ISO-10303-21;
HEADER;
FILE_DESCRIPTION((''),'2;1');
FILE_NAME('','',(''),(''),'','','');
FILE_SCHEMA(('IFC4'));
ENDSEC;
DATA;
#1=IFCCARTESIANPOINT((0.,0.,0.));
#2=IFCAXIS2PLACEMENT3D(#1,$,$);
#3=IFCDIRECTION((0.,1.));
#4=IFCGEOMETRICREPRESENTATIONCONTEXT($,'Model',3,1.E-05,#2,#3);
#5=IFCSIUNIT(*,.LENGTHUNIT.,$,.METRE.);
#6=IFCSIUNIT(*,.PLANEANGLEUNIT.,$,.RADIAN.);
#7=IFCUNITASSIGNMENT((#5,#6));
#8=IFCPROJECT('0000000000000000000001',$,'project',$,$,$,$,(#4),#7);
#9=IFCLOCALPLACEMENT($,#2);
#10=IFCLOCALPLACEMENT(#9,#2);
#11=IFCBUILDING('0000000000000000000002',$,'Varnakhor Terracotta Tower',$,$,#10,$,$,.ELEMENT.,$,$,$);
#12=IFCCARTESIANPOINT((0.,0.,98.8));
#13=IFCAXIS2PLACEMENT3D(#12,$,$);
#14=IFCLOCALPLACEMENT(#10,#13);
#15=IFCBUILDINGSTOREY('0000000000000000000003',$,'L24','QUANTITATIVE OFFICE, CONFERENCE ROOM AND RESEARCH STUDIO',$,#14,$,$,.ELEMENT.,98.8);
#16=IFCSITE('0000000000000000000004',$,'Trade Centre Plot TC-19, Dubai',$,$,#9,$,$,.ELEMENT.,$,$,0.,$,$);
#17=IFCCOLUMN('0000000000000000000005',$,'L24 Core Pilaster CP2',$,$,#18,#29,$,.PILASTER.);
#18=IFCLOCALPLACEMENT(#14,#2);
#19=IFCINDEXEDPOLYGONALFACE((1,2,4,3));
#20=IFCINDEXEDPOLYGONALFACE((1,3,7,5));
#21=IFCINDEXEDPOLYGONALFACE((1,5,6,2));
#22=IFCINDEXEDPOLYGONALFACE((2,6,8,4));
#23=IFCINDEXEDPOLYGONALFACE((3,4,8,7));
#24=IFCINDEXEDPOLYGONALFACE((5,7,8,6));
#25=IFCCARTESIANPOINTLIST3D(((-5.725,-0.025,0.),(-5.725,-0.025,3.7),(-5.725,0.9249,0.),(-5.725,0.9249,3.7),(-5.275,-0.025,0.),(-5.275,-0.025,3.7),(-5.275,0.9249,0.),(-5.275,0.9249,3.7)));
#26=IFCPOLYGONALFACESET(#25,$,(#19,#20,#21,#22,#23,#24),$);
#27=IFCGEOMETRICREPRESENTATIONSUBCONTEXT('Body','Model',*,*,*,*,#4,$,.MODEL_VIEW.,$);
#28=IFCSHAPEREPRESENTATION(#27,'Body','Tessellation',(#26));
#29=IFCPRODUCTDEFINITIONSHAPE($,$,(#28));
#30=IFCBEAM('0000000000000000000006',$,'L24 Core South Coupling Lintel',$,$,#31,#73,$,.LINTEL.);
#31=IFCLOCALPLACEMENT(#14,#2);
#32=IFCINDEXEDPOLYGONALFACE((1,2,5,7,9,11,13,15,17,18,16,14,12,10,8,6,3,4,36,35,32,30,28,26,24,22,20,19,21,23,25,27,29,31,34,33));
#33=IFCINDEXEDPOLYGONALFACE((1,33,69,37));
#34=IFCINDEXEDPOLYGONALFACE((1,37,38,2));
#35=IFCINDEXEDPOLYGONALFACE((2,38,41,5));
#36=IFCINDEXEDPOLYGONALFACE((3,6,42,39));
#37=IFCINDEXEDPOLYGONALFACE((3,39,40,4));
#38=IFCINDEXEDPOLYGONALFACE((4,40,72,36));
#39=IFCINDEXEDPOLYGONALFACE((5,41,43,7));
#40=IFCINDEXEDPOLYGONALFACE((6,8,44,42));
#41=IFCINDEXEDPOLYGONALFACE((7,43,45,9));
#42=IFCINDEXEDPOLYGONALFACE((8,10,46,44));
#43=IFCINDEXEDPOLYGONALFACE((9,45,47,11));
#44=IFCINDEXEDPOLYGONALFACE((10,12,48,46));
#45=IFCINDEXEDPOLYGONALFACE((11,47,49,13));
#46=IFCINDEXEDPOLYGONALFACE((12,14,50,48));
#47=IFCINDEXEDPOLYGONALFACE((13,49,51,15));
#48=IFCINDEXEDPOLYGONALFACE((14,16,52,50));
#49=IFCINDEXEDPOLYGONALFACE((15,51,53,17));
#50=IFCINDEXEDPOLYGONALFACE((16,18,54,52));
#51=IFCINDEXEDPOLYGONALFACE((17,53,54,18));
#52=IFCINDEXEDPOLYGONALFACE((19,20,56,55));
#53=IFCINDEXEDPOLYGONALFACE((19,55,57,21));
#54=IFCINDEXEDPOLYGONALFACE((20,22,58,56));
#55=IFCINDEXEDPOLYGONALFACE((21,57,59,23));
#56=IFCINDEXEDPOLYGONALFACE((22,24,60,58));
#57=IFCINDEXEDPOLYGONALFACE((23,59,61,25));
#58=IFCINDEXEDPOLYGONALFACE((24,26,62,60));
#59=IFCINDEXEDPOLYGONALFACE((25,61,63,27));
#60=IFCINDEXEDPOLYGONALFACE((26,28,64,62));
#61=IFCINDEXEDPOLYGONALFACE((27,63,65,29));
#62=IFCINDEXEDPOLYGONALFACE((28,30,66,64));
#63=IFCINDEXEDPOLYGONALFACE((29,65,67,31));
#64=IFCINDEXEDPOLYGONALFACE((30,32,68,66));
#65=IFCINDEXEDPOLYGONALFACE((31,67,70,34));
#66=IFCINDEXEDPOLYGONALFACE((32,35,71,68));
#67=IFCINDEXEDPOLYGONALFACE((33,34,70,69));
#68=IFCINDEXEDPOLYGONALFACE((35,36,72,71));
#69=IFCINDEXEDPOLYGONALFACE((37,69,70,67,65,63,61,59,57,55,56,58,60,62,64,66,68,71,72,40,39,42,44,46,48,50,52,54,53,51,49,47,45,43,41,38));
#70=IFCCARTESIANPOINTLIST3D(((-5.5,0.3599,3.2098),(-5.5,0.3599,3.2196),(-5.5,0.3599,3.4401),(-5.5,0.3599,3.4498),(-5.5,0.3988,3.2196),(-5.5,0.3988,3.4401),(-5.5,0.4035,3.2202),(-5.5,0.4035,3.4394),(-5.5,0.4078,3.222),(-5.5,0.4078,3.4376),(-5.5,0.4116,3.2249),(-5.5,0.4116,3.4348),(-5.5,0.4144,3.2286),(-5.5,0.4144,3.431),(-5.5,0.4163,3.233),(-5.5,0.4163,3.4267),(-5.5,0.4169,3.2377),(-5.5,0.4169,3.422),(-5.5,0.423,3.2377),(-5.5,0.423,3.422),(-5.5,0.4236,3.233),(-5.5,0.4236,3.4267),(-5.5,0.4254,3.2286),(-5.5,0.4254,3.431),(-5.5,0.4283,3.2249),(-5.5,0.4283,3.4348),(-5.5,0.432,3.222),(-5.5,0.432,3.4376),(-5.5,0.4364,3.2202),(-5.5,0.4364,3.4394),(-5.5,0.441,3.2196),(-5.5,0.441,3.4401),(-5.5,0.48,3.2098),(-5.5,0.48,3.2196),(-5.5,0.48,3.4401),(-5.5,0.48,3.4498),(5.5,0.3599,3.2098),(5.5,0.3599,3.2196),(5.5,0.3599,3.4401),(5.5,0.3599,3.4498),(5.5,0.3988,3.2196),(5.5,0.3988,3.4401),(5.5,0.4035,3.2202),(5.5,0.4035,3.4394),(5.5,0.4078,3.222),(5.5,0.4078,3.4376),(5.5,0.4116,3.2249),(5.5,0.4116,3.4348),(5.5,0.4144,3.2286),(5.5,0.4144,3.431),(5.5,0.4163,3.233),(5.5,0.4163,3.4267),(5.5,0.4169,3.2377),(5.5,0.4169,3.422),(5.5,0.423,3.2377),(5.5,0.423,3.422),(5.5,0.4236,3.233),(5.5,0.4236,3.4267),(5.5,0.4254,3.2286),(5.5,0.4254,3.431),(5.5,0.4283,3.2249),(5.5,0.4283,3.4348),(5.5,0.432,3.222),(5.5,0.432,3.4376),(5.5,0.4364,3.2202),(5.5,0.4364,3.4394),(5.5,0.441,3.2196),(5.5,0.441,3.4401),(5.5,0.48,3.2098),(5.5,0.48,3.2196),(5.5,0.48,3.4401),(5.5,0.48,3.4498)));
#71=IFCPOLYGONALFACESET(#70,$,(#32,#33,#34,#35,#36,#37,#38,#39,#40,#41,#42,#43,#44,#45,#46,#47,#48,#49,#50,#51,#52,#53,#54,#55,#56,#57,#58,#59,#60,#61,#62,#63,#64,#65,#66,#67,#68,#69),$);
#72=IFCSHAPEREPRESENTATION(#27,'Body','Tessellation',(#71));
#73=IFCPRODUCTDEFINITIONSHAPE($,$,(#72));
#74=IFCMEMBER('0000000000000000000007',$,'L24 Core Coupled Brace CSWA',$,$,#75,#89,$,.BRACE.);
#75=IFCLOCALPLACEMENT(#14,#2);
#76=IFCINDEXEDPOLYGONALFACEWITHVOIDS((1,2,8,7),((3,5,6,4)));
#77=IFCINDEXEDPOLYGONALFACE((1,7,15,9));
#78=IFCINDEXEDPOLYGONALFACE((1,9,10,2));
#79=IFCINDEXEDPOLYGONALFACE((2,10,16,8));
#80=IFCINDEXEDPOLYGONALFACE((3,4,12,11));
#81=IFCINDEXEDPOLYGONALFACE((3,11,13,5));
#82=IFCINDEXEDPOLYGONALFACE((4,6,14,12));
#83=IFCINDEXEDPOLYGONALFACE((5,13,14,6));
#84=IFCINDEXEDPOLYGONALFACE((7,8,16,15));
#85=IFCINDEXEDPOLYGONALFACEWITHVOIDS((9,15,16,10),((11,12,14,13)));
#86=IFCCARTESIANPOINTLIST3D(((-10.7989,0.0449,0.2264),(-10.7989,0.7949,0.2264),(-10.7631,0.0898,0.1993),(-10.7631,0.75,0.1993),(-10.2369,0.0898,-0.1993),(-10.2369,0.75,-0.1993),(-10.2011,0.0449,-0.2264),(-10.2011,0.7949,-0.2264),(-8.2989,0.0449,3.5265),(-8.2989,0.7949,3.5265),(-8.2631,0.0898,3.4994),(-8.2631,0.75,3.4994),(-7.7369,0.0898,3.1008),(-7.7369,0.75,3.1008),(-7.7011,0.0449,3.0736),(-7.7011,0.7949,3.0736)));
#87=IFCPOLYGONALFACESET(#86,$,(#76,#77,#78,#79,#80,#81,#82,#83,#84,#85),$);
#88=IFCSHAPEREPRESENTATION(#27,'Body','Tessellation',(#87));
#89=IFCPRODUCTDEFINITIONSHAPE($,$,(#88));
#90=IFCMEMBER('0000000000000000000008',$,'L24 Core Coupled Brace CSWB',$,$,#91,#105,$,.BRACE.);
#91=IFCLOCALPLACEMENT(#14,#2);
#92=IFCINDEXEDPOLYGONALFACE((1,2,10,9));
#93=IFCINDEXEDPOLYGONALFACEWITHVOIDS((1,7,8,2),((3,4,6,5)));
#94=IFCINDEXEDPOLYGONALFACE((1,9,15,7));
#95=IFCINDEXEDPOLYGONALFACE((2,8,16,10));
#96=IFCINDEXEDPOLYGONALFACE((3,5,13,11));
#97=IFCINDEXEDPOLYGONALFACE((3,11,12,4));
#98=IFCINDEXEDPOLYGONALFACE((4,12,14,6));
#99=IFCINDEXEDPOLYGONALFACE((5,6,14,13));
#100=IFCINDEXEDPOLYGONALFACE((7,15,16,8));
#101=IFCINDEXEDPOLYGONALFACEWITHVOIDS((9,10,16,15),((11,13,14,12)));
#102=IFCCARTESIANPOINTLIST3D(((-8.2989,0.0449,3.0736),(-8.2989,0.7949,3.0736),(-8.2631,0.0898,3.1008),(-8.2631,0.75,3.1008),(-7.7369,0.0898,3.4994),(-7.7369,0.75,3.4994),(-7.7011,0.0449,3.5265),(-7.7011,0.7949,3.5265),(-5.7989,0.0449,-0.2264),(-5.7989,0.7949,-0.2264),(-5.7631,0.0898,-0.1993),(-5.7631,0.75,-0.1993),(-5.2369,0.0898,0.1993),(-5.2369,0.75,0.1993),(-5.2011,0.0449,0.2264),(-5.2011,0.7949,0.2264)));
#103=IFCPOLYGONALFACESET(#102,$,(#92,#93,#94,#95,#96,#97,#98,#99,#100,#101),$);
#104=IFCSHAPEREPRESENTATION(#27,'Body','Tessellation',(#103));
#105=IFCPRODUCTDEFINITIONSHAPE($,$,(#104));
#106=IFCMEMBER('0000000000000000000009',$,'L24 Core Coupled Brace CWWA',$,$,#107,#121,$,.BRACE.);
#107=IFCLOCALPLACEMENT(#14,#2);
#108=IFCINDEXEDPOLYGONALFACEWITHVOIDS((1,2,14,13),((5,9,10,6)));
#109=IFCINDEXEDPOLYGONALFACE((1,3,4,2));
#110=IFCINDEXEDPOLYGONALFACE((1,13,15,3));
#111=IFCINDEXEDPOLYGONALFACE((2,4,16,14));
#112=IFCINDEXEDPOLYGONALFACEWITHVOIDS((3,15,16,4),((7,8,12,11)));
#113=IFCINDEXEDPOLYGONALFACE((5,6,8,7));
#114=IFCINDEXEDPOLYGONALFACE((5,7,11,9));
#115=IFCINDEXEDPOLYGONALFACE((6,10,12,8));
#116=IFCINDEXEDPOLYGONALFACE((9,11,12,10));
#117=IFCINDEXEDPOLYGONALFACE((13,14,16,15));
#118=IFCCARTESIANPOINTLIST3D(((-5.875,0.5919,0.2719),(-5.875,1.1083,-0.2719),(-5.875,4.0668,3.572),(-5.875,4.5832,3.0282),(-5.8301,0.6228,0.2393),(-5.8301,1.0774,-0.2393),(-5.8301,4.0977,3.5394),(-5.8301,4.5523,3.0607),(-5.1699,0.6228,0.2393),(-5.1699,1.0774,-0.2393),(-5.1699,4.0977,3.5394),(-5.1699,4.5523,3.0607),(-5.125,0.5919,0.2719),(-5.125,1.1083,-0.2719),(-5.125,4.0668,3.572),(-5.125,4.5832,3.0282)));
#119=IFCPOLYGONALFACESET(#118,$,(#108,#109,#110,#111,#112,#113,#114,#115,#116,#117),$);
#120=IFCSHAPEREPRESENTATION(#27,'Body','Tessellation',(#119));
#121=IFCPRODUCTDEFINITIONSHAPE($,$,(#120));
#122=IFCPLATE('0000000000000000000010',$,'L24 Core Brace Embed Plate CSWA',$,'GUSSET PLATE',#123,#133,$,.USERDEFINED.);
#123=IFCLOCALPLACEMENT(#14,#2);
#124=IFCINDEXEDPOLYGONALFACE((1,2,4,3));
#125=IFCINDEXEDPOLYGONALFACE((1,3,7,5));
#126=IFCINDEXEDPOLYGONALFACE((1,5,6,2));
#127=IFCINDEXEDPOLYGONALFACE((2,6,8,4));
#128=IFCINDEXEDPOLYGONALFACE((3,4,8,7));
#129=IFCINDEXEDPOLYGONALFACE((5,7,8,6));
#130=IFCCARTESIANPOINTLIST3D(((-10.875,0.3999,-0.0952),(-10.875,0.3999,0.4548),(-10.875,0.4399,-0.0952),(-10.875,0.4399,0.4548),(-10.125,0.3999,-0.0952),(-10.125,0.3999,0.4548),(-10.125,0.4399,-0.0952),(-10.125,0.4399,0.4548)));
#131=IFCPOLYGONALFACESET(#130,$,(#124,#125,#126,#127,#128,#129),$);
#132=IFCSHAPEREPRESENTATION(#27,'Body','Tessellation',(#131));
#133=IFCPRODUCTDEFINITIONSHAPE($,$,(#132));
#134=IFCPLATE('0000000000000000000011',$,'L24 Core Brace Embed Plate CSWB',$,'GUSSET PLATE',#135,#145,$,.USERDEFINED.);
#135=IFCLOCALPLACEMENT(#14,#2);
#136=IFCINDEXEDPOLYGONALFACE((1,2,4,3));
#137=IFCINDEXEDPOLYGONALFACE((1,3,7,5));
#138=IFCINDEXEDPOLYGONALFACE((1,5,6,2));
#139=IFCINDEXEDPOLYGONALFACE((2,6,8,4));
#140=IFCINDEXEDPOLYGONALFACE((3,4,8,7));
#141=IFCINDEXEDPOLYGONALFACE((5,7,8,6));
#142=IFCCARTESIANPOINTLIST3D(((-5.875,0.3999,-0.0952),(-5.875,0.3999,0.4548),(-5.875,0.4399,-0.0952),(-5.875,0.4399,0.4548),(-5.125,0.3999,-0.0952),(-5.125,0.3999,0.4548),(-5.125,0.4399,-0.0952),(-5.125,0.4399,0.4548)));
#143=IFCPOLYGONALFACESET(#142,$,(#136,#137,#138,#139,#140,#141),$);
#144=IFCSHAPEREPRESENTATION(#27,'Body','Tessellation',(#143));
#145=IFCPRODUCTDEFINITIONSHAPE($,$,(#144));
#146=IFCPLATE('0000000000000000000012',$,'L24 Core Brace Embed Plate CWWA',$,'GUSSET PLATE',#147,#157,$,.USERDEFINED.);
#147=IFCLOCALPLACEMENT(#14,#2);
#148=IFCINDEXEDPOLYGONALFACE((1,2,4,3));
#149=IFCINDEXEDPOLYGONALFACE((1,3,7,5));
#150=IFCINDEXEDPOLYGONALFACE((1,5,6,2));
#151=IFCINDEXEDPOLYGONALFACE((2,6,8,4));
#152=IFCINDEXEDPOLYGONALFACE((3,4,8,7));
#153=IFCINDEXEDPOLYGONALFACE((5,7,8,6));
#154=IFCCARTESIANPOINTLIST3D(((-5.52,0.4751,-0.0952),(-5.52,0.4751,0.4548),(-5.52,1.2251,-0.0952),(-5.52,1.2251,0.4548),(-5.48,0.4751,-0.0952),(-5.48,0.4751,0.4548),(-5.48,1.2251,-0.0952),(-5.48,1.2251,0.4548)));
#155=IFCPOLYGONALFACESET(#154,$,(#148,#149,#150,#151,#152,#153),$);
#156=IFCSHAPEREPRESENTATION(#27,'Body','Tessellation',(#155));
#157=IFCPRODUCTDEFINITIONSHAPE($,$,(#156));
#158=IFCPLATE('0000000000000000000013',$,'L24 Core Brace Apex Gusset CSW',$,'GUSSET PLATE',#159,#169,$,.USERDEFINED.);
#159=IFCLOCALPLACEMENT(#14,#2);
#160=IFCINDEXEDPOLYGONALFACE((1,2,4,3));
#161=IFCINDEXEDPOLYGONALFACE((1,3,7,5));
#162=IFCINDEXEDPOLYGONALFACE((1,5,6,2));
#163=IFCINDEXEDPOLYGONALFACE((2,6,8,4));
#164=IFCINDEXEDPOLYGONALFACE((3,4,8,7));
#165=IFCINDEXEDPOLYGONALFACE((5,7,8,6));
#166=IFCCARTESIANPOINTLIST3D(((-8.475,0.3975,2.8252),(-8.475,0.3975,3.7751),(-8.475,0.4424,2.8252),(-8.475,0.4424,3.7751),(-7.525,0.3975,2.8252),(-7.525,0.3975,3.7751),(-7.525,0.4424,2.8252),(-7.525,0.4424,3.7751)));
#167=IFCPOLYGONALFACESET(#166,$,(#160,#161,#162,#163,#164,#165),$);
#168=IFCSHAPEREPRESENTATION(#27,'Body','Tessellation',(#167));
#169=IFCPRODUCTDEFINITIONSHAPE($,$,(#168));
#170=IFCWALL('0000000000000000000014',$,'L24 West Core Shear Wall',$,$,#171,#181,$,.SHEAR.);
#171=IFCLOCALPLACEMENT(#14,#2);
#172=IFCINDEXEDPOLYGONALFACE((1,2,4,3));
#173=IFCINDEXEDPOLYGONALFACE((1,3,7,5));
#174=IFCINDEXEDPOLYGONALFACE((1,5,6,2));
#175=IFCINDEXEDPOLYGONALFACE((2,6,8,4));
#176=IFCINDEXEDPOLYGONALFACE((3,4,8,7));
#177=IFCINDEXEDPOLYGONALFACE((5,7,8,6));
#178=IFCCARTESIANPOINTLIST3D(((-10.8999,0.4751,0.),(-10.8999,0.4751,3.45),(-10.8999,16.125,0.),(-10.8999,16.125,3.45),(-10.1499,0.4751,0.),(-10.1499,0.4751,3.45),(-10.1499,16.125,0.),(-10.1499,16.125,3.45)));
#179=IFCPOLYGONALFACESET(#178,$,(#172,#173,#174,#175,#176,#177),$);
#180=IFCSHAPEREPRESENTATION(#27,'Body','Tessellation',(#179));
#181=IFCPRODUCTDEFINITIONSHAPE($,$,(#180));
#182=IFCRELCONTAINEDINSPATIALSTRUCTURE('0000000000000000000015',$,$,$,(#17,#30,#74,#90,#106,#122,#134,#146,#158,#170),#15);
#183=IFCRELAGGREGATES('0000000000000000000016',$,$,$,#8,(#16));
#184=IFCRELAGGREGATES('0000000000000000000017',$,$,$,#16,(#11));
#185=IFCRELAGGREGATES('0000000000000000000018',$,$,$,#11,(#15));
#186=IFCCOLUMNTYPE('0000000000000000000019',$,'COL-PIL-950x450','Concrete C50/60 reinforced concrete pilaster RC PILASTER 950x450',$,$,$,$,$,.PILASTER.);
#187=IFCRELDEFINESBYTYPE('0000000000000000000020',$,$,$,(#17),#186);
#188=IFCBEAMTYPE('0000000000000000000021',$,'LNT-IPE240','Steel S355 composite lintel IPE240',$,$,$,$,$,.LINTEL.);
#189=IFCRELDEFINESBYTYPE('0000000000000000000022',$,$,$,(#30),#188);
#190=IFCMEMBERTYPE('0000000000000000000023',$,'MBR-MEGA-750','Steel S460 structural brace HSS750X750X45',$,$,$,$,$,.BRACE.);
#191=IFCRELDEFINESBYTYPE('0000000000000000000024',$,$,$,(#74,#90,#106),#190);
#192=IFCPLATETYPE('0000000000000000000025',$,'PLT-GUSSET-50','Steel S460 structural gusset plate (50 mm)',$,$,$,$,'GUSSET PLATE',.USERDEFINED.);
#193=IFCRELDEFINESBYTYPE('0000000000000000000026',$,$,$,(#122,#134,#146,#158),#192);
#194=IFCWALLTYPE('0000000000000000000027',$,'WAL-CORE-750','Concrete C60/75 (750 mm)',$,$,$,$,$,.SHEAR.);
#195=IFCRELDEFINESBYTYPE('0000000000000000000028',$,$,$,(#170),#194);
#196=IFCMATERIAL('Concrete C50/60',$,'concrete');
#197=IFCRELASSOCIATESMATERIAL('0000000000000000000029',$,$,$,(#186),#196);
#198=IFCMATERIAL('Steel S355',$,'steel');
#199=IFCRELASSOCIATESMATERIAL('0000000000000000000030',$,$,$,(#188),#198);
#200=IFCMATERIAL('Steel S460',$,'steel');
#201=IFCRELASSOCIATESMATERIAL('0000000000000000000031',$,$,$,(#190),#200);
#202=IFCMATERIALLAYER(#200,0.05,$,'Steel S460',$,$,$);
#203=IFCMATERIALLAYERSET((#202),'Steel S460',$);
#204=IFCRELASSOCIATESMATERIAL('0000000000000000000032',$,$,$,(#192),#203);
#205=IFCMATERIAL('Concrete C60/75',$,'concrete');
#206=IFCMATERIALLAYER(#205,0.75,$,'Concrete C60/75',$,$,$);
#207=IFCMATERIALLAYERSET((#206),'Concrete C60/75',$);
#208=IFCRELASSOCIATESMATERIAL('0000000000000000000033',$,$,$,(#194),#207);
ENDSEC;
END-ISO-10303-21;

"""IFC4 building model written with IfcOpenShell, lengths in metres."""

from ifc_helpers import new_model, si_unit, direction, frame, frame_2d, origin, origin_2d, place, context, subcontext, project, spatial, rectangle, hollow_rectangle, i_section, extrude, source, transform, mapped, material, layer, layer_set, material_profile, profile_set, type_object, type_shapes, element, save


model = new_model("IFC4")

# Units and contexts
model_context = context("Model", 3, precision=1e-05, world=origin(), true_north=direction((0.0, 1.0)))
body_context = subcontext(model_context, "Body", "Model", "MODEL_VIEW")
ifc_project = project(units=[si_unit("LENGTHUNIT", "METRE"), si_unit("PLANEANGLEUNIT", "RADIAN")], contexts=[model_context])

# Site, building, storey
site_placement = place(None, origin())
site = spatial("IfcSite", under=ifc_project, at=site_placement, Name="Trade Centre Plot TC-19, Dubai", CompositionType="ELEMENT", RefElevation=0.0)
building_placement = place(site_placement, origin())
building = spatial("IfcBuilding", under=site, at=building_placement, Name="Varnakhor Terracotta Tower", CompositionType="ELEMENT")
storey_placement = place(building_placement, frame((0.0, 0.0, 98.8)))
storey = spatial("IfcBuildingStorey", under=building, at=storey_placement, Name="L24", Description="QUANTITATIVE OFFICE, CONFERENCE ROOM AND RESEARCH STUDIO", CompositionType="ELEMENT", Elevation=98.8)

# Column
ifc_material_1 = material(Name="Concrete C50/60", Category="concrete")
ifc_material_profile_1 = material_profile(ifc_material_1, rectangle(XDim=0.45, YDim=0.95, at=origin_2d()), Name="RC PILASTER 950x450")
ifc_profile_set_1 = profile_set([ifc_material_profile_1], Name="Concrete C50/60")
column_type = type_object("IfcColumnType", Name="COL-PIL-950x450", Description="Concrete C50/60 reinforced concrete pilaster RC PILASTER 950x450", PredefinedType="PILASTER", material=ifc_profile_set_1)
shared_shape_1 = source(origin(), body_context, "Body", "SweptSolid", [
    extrude(rectangle(XDim=0.45, YDim=0.95, at=origin_2d()), origin(), (0.0, 0.0, 1.0), 3.7),
])
column_placement = place(storey_placement, frame((-5.5, 0.45, 0.0), z_axis=(0.0, 0.0, 1.0), x_axis=(1.0, 0.0, 0.0)))
element("IfcColumn", 1, at=column_placement, inside=storey, type_object=column_type, Name="L24 Core Pilaster CP2", PredefinedType="PILASTER", context=body_context, shape_type="MappedRepresentation", body=[
    mapped(shared_shape_1, transform((0.0, 0.0, 0.0), scale=1.0)),
])

# Beam
ifc_material_2 = material(Name="Steel S355", Category="steel")
ifc_material_profile_2 = material_profile(ifc_material_2, i_section(OverallWidth=0.1201, OverallDepth=0.24, WebThickness=0.0061, FlangeThickness=0.0098, FilletRadius=0.0181, at=origin_2d()), Name="IPE240")
ifc_profile_set_2 = profile_set([ifc_material_profile_2], Name="Steel S355")
beam_type = type_object("IfcBeamType", Name="LNT-IPE240", Description="Steel S355 composite lintel IPE240", PredefinedType="LINTEL", material=ifc_profile_set_2)
shared_shape_2 = source(origin(), body_context, "Body", "SweptSolid", [
    extrude(i_section(OverallWidth=0.1201, OverallDepth=0.24, WebThickness=0.0061, FlangeThickness=0.0098, FilletRadius=0.0181, at=origin_2d()), origin(), (0.0, 0.0, 1.0), 11.0),
])
type_shapes(beam_type, [shared_shape_2])
beam_placement = place(storey_placement, frame((-5.5, 0.4199, 3.3298), z_axis=(1.0, 0.0, 0.0), x_axis=(0.0, 1.0, 0.0)))
element("IfcBeam", 2, at=beam_placement, inside=storey, type_object=beam_type, Name="L24 Core South Coupling Lintel", PredefinedType="LINTEL", context=body_context, shape_type="MappedRepresentation", body=[
    mapped(shared_shape_2, transform((0.0, 0.0, 0.0), scale=1.0)),
])

# Members
ifc_material_3 = material(Name="Steel S460", Category="steel")
ifc_material_profile_3 = material_profile(ifc_material_3, hollow_rectangle(XDim=0.75, YDim=0.75, WallThickness=0.0449, at=origin_2d()), Name="HSS750X750X45")
ifc_profile_set_3 = profile_set([ifc_material_profile_3], Name="Steel S460")
member_type = type_object("IfcMemberType", Name="MBR-MEGA-750", Description="Steel S460 structural brace HSS750X750X45", PredefinedType="BRACE", material=ifc_profile_set_3)
shared_shape_3 = source(origin(), body_context, "Body", "SweptSolid", [
    extrude(hollow_rectangle(XDim=0.75, YDim=0.75, WallThickness=0.0449, at=origin_2d()), origin(), (0.0, 0.0, 1.0), 4.1401),
])
type_shapes(member_type, [shared_shape_3])
for number, where, z_axis, x_axis, name in (
    (3, (-10.5, 0.4199, 0.0), (0.603852, 0.0, 0.797096), (0.0, 1.0, 0.0), "L24 Core Coupled Brace CSWA"),
    (4, (-5.5, 0.4199, 0.0), (-0.603852, 0.0, 0.797096), (0.0, -1.0, 0.0), "L24 Core Coupled Brace CSWB"),
):
    element("IfcMember", number, at=place(storey_placement, frame(where, z_axis=z_axis, x_axis=x_axis)), inside=storey, type_object=member_type, Name=name, PredefinedType="BRACE", context=body_context, shape_type="MappedRepresentation", body=[
        mapped(shared_shape_3, transform((0.0, 0.0, 0.0), scale=1.0)),
    ])
shared_shape_4 = source(origin(), body_context, "Body", "SweptSolid", [
    extrude(hollow_rectangle(XDim=0.75, YDim=0.75, WallThickness=0.0449, at=origin_2d()), origin(), (0.0, 0.0, 1.0), 4.7922),
])
member_placement = place(storey_placement, frame((-5.5, 0.8501, 0.0), z_axis=(0.0, 0.72511, 0.688633), x_axis=(-1.0, 0.0, 0.0)))
element("IfcMember", 5, at=member_placement, inside=storey, type_object=member_type, Name="L24 Core Coupled Brace CWWA", PredefinedType="BRACE", context=body_context, shape_type="MappedRepresentation", body=[
    mapped(shared_shape_4, transform((0.0, 0.0, 0.0), scale=1.0)),
])

# Plates
ifc_layer_1 = layer(ifc_material_3, 0.05, Name="Steel S460")
ifc_layer_set_1 = layer_set([ifc_layer_1], Name="Steel S460")
plate_type = type_object("IfcPlateType", Name="PLT-GUSSET-50", Description="Steel S460 structural gusset plate (50 mm)", ElementType="GUSSET PLATE", PredefinedType="USERDEFINED", material=ifc_layer_set_1)
shared_shape_5 = source(origin(), body_context, "Body", "SweptSolid", [
    extrude(rectangle(XDim=0.75, YDim=0.04, at=origin_2d()), origin(), (0.0, 0.0, 1.0), 0.55),
])
type_shapes(plate_type, [shared_shape_5])
for number, where, z_axis, x_axis, name in (
    (6, (-10.5, 0.4199, -0.0952), (0.0, 0.0, 1.0), (1.0, 0.0, 0.0), "L24 Core Brace Embed Plate CSWA"),
    (7, (-5.5, 0.4199, -0.0952), (0.0, 0.0, 1.0), (1.0, 0.0, 0.0), "L24 Core Brace Embed Plate CSWB"),
    (8, (-5.5, 0.8501, -0.0952), (0.0, 0.0, 1.0), (0.0, 1.0, 0.0), "L24 Core Brace Embed Plate CWWA"),
):
    element("IfcPlate", number, at=place(storey_placement, frame(where, z_axis=z_axis, x_axis=x_axis)), inside=storey, type_object=plate_type, Name=name, ObjectType="GUSSET PLATE", PredefinedType="USERDEFINED", context=body_context, shape_type="MappedRepresentation", body=[
        mapped(shared_shape_5, transform((0.0, 0.0, 0.0), scale=1.0)),
    ])
shared_shape_6 = source(origin(), body_context, "Body", "SweptSolid", [
    extrude(rectangle(XDim=0.95, YDim=0.0449, at=origin_2d()), origin(), (0.0, 0.0, 1.0), 0.95),
])
plate_placement = place(storey_placement, frame((-8.0, 0.4199, 2.8252), z_axis=(0.0, 0.0, 1.0), x_axis=(1.0, 0.0, 0.0)))
element("IfcPlate", 9, at=plate_placement, inside=storey, type_object=plate_type, Name="L24 Core Brace Apex Gusset CSW", ObjectType="GUSSET PLATE", PredefinedType="USERDEFINED", context=body_context, shape_type="MappedRepresentation", body=[
    mapped(shared_shape_6, transform((0.0, 0.0, 0.0), scale=1.0)),
])

# Wall
ifc_material_4 = material(Name="Concrete C60/75", Category="concrete")
ifc_layer_2 = layer(ifc_material_4, 0.75, Name="Concrete C60/75")
ifc_layer_set_2 = layer_set([ifc_layer_2], Name="Concrete C60/75")
wall_type_1 = type_object("IfcWallType", Name="WAL-CORE-750", Description="Concrete C60/75 (750 mm)", PredefinedType="SHEAR", material=ifc_layer_set_2)
wall_1_placement = place(storey_placement, frame((-10.5249, 0.4751, 0.0), z_axis=(0.0, 0.0, 1.0), x_axis=(0.0, 1.0, 0.0)))
element("IfcWall", 10, at=wall_1_placement, inside=storey, type_object=wall_type_1, Name="L24 West Core Shear Wall", PredefinedType="SHEAR", context=body_context, shape_type="SweptSolid", body=[
    extrude(rectangle(XDim=15.6499, YDim=0.75, at=frame_2d((7.825, 0.0))), origin(), (0.0, 0.0, 1.0), 3.45),
])

save(model, "model.ifc")
